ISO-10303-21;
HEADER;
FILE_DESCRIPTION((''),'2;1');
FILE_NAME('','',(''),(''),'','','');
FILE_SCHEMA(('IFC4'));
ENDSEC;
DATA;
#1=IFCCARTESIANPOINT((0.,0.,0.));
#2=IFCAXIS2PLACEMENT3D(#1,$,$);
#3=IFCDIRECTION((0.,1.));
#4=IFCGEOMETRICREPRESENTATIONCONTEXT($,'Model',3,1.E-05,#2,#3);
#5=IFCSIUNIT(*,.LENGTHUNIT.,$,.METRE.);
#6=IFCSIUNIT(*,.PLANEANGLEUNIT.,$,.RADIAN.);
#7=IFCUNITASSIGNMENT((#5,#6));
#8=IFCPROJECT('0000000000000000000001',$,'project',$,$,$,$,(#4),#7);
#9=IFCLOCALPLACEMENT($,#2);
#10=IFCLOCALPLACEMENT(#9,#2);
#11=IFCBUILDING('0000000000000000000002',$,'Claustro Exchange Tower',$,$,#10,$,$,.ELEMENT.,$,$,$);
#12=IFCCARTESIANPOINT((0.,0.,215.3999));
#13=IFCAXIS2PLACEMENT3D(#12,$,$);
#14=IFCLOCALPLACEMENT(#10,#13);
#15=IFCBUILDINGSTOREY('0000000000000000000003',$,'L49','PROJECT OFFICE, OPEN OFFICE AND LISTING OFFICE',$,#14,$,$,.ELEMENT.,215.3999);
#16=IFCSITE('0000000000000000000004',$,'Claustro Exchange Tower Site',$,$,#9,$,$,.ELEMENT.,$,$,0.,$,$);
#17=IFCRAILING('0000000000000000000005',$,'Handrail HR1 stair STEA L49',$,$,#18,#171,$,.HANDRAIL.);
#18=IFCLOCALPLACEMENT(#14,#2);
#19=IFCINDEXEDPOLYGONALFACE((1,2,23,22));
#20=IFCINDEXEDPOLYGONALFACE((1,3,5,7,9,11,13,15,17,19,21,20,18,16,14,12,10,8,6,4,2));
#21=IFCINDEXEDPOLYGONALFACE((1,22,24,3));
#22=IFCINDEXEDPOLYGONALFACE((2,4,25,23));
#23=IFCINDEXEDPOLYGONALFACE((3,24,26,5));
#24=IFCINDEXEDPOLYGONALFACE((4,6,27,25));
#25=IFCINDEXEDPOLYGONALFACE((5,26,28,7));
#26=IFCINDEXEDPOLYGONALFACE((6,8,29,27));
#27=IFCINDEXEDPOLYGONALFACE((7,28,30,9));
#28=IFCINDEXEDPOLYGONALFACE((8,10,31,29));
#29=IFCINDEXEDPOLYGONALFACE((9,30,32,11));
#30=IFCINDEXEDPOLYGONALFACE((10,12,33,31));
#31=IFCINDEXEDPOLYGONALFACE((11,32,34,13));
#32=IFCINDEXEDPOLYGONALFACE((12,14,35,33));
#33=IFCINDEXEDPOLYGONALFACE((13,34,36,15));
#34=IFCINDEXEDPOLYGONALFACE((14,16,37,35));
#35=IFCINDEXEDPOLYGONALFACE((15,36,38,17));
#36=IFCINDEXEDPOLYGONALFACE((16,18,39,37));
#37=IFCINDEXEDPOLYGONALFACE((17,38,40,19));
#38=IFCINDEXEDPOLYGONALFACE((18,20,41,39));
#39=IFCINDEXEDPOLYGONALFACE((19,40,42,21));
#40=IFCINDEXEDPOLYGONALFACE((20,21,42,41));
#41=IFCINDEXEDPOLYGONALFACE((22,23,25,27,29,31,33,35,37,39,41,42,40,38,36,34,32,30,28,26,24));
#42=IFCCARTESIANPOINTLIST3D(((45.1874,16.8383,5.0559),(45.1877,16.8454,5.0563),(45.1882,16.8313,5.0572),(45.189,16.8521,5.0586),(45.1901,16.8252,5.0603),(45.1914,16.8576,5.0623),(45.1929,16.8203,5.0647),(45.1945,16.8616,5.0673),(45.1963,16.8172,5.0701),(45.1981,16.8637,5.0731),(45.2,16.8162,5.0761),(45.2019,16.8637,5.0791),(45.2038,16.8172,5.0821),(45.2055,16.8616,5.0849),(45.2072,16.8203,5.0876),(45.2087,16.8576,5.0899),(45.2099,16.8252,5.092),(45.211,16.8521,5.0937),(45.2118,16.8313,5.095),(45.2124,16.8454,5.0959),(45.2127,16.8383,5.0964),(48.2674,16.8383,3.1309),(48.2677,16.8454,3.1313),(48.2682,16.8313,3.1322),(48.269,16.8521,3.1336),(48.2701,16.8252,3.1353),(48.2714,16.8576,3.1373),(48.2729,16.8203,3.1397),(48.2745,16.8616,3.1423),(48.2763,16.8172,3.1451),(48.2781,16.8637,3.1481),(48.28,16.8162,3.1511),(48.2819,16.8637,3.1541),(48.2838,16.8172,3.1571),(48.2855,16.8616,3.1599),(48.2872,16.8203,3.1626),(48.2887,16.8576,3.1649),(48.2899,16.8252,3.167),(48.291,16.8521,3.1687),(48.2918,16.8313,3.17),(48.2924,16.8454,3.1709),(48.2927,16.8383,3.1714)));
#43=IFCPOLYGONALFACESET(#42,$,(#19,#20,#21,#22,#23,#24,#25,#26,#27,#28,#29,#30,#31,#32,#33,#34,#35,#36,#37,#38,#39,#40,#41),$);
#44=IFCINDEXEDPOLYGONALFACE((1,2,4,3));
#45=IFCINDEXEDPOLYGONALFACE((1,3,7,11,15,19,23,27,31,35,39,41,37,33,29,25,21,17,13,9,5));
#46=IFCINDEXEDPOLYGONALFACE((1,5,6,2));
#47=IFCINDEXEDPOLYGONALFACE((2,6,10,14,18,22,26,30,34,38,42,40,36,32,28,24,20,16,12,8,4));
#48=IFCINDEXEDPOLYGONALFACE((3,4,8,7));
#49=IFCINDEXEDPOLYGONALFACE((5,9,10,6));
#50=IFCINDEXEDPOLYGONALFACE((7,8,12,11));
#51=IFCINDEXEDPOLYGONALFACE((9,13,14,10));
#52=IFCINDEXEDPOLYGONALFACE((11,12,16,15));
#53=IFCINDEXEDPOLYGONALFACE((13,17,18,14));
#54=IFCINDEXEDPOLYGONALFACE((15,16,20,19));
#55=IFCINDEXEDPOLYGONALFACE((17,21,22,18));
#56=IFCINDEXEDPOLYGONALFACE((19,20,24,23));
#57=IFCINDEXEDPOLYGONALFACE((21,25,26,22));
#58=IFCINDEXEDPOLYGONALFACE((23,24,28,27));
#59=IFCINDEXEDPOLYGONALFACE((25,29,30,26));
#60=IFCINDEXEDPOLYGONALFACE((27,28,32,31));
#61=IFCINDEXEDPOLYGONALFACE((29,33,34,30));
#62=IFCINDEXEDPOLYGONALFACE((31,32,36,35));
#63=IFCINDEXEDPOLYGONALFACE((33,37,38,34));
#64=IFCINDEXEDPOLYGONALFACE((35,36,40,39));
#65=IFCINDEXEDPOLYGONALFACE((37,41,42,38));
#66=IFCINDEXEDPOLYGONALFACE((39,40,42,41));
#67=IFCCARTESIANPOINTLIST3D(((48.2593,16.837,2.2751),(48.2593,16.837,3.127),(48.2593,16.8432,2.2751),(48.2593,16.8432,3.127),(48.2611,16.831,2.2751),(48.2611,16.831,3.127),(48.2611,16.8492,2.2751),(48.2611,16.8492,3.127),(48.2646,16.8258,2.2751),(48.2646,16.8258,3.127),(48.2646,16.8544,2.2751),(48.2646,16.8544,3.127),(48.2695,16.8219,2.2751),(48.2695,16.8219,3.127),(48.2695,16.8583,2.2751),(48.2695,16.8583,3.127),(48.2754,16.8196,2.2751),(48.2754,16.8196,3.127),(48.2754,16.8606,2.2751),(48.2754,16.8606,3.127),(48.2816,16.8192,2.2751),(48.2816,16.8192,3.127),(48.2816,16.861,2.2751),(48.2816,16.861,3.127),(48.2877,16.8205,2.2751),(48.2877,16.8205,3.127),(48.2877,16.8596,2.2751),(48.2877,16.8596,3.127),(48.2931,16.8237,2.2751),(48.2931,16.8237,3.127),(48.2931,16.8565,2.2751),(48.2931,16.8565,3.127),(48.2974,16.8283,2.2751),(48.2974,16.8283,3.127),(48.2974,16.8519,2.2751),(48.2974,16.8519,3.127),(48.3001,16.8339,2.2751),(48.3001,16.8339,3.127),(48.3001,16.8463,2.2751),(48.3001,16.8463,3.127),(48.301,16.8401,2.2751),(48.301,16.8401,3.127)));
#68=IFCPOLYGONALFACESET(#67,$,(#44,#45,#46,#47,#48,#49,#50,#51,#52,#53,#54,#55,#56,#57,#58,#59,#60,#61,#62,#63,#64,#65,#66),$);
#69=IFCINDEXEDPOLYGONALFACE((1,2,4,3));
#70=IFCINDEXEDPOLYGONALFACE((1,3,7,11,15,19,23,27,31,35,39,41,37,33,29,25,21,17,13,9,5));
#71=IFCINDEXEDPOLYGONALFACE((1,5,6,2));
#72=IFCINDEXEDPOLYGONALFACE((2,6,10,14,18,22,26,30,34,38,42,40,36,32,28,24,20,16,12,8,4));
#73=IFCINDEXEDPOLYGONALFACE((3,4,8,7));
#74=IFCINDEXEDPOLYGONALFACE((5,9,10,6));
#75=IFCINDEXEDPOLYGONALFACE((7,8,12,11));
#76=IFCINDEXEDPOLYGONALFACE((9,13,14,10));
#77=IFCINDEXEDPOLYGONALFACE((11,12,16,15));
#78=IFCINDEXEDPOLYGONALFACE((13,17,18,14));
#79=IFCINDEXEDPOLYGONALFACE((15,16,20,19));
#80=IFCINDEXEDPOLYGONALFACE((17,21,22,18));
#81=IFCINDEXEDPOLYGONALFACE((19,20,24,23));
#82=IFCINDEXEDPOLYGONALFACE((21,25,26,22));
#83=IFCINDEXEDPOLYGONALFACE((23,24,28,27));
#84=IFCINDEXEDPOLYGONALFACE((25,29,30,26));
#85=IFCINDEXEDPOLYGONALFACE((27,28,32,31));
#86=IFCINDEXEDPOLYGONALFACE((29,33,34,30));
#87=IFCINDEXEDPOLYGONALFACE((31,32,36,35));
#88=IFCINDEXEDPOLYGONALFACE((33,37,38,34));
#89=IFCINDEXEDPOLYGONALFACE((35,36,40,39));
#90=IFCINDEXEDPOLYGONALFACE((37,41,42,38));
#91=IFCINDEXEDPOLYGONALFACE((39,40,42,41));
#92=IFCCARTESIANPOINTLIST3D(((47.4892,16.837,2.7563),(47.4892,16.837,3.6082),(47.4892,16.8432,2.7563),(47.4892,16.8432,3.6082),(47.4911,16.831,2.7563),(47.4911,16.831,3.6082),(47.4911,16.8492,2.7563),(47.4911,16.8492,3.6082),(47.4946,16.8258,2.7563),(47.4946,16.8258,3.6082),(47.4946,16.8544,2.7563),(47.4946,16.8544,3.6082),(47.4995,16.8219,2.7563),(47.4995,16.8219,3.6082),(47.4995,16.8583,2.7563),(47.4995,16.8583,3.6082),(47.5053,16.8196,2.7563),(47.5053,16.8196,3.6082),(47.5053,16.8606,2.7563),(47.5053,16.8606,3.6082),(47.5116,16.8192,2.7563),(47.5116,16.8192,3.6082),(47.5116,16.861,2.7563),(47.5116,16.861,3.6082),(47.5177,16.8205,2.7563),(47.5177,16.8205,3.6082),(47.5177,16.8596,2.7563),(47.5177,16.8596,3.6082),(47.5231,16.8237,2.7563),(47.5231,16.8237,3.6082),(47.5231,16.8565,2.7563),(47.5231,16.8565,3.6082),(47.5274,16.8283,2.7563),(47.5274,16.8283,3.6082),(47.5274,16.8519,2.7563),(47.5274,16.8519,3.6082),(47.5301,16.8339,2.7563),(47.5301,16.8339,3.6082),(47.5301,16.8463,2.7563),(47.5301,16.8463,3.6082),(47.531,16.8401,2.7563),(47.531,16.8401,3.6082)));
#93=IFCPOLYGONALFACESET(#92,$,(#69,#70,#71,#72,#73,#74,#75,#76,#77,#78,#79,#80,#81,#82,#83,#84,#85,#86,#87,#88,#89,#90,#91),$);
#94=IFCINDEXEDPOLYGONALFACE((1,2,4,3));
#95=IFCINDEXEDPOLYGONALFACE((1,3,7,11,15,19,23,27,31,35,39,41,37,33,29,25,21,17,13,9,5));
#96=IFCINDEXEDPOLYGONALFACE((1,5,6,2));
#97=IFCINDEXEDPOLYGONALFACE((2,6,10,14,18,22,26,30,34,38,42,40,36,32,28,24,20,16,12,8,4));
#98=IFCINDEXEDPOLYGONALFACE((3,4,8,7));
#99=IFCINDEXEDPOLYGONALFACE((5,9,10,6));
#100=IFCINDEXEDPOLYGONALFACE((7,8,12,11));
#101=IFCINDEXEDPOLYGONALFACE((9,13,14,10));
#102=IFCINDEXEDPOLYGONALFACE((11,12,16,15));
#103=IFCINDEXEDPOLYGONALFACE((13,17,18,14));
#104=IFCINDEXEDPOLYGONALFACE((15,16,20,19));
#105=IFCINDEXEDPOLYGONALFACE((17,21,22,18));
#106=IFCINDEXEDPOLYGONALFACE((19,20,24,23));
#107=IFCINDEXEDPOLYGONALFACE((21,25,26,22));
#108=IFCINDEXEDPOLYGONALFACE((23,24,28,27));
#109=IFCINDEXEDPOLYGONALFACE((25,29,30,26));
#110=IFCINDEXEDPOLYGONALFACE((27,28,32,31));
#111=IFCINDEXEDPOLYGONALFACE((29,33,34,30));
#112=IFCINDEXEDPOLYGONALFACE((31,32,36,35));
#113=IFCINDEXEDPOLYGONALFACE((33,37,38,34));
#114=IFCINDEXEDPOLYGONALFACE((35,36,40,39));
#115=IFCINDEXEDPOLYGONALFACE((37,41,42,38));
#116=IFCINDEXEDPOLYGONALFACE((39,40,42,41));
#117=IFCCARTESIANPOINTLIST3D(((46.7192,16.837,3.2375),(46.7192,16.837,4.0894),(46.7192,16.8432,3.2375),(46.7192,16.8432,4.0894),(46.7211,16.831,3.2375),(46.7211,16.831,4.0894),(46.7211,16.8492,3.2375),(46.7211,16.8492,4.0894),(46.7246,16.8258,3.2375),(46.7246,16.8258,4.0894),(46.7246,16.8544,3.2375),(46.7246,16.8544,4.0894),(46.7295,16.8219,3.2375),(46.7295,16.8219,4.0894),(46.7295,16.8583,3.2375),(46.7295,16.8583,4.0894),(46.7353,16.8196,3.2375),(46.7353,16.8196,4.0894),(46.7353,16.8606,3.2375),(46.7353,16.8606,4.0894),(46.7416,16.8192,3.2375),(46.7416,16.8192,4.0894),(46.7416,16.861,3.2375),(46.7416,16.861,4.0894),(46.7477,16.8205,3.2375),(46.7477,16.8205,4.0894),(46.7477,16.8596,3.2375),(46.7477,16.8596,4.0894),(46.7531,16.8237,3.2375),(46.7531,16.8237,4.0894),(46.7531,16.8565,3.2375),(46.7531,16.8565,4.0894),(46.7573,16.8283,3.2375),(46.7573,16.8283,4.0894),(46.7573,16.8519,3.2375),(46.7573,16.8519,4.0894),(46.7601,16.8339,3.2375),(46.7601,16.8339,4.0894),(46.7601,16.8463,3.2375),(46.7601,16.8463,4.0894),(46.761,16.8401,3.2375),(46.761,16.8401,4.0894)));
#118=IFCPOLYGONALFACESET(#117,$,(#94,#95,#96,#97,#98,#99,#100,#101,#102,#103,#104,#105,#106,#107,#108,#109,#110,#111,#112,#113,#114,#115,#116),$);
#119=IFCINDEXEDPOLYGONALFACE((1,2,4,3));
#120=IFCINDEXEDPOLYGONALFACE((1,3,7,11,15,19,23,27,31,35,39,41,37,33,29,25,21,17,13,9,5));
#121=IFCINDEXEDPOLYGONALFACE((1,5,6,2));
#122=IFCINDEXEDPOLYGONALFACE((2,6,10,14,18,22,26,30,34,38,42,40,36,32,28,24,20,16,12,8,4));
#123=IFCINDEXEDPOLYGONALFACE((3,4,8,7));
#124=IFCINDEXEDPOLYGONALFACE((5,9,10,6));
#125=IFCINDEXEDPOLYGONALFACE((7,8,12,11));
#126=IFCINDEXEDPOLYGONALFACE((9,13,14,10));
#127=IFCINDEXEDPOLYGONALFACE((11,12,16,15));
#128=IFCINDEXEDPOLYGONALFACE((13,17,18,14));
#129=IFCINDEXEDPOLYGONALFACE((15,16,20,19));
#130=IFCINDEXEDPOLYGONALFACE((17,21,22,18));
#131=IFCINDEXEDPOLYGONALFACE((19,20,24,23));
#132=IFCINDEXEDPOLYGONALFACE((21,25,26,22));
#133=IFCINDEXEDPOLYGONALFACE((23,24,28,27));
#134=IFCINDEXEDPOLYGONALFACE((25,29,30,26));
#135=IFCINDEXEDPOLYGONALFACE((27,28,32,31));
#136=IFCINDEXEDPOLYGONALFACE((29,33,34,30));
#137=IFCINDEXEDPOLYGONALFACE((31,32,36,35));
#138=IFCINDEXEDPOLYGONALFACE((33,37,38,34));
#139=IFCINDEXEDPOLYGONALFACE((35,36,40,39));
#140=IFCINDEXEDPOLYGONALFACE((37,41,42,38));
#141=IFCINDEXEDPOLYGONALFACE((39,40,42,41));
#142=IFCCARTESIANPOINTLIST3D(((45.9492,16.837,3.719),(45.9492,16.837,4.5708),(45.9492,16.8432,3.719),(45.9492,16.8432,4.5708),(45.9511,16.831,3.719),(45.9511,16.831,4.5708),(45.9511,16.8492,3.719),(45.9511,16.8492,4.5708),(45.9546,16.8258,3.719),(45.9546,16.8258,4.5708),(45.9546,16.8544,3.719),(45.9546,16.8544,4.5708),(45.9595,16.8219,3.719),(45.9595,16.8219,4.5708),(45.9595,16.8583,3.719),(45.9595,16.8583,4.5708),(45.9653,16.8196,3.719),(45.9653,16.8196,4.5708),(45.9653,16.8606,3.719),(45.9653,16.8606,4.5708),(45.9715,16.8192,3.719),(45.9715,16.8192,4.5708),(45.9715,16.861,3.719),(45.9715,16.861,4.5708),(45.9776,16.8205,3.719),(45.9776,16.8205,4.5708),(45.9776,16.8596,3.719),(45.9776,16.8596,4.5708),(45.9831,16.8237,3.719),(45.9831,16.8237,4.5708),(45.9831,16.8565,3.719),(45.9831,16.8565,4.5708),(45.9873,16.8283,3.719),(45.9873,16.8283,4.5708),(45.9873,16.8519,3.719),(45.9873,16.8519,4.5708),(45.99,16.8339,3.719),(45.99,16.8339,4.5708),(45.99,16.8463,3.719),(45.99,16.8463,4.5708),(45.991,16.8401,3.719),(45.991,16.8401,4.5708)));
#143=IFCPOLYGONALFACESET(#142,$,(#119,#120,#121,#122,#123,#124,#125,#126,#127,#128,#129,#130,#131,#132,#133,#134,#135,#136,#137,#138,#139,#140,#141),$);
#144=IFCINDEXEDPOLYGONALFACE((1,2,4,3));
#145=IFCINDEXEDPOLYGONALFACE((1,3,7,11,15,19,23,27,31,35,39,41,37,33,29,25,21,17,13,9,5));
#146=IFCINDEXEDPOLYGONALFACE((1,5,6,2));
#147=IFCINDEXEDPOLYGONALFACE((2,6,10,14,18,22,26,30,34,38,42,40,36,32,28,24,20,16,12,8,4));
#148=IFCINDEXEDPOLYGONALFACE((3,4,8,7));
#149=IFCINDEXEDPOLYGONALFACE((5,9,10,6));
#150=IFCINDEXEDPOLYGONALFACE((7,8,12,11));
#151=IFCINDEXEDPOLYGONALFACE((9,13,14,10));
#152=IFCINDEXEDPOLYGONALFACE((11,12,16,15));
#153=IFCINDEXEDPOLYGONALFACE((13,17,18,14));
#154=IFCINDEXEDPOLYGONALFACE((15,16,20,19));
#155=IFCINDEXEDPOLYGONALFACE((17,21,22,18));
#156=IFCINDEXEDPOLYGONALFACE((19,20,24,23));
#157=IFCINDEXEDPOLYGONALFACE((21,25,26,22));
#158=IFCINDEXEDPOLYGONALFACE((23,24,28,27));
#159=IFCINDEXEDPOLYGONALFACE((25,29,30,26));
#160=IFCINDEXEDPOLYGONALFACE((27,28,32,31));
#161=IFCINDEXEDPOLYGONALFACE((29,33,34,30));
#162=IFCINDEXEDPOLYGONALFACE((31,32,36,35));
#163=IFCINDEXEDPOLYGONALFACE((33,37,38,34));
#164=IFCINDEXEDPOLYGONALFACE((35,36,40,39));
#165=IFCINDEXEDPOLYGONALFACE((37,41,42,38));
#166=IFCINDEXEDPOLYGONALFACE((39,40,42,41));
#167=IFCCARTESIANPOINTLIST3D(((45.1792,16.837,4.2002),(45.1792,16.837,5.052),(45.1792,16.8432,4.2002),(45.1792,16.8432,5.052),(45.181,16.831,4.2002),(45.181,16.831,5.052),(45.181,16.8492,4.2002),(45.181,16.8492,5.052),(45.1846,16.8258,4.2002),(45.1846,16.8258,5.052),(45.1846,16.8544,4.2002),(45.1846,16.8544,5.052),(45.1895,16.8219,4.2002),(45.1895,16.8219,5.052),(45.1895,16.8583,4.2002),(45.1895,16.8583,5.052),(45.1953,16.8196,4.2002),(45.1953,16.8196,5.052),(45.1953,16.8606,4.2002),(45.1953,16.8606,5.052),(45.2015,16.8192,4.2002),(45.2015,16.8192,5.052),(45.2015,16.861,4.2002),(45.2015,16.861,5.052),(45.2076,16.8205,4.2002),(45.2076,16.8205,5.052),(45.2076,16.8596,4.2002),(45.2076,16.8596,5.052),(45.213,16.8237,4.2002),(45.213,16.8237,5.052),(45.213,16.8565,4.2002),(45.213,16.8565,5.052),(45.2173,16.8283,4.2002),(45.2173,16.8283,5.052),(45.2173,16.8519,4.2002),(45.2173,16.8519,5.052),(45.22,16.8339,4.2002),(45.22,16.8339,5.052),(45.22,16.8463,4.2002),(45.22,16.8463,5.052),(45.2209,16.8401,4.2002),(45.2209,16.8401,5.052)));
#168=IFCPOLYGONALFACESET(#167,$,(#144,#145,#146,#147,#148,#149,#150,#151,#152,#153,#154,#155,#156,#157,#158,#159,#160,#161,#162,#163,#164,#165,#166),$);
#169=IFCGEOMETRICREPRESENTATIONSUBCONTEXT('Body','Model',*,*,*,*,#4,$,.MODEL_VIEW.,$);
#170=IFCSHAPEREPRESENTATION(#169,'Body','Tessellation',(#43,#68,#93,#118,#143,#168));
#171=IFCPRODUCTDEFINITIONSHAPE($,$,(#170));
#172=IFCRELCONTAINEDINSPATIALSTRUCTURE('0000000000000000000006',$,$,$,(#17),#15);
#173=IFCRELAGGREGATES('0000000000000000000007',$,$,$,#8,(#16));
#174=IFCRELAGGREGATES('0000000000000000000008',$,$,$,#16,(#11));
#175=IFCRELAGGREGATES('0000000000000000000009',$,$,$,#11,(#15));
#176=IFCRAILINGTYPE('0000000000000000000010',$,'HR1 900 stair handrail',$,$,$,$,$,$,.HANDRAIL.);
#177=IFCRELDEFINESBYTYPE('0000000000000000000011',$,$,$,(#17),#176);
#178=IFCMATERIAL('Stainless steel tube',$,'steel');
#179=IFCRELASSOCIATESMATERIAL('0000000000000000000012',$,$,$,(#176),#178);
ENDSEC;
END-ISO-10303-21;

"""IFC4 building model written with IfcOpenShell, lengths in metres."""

from ifc_helpers import new_model, si_unit, direction, frame, origin, origin_2d, place, context, subcontext, project, spatial, circle, extrude, material, type_object, element, save


model = new_model("IFC4")

# Units and contexts
model_context = context("Model", 3, precision=1e-05, world=origin(), true_north=direction((0.0, 1.0)))
body_context = subcontext(model_context, "Body", "Model", "MODEL_VIEW")
ifc_project = project(units=[si_unit("LENGTHUNIT", "METRE"), si_unit("PLANEANGLEUNIT", "RADIAN")], contexts=[model_context])

# Site, building, storey
site_placement = place(None, origin())
site = spatial("IfcSite", under=ifc_project, at=site_placement, Name="Claustro Exchange Tower Site", CompositionType="ELEMENT", RefElevation=0.0)
building_placement = place(site_placement, origin())
building = spatial("IfcBuilding", under=site, at=building_placement, Name="Claustro Exchange Tower", CompositionType="ELEMENT")
storey_placement = place(building_placement, frame((0.0, 0.0, 215.3999)))
storey = spatial("IfcBuildingStorey", under=building, at=storey_placement, Name="L49", Description="PROJECT OFFICE, OPEN OFFICE AND LISTING OFFICE", CompositionType="ELEMENT", Elevation=215.3999)

# Railing
ifc_material_1 = material(Name="Stainless steel tube", Category="steel")
railing_type_1 = type_object("IfcRailingType", Name="HR1 900 stair handrail", PredefinedType="HANDRAIL", material=ifc_material_1)
railing_1_placement = place(storey_placement, frame((48.28, 16.8401, 2.2751)))
element("IfcRailing", 1, at=railing_1_placement, inside=storey, type_object=railing_type_1, Name="Handrail HR1 stair STEA L49", PredefinedType="HANDRAIL", context=body_context, shape_type="SweptSolid", body=[
    extrude(circle(Radius=0.0239, at=origin_2d()), frame((0.0, 0.0, 0.876), z_axis=(-0.847998, 0.0, 0.529999), x_axis=(0.0, -1.0, 0.0)), (0.0, 0.0, 1.0), 3.6321),
    extrude(circle(Radius=0.021, at=origin_2d()), origin(), (0.0, 0.0, 1.0), 0.8518),
    extrude(circle(Radius=0.021, at=origin_2d()), frame((-0.77, 0.0, 0.4812)), (0.0, 0.0, 1.0), 0.8518),
    extrude(circle(Radius=0.021, at=origin_2d()), frame((-1.54, 0.0, 0.9624)), (0.0, 0.0, 1.0), 0.8518),
    extrude(circle(Radius=0.021, at=origin_2d()), frame((-2.3101, 0.0, 1.4438)), (0.0, 0.0, 1.0), 0.8518),
    extrude(circle(Radius=0.021, at=origin_2d()), frame((-3.0801, 0.0, 1.925)), (0.0, 0.0, 1.0), 0.8518),
])

save(model, "model.ifc")
